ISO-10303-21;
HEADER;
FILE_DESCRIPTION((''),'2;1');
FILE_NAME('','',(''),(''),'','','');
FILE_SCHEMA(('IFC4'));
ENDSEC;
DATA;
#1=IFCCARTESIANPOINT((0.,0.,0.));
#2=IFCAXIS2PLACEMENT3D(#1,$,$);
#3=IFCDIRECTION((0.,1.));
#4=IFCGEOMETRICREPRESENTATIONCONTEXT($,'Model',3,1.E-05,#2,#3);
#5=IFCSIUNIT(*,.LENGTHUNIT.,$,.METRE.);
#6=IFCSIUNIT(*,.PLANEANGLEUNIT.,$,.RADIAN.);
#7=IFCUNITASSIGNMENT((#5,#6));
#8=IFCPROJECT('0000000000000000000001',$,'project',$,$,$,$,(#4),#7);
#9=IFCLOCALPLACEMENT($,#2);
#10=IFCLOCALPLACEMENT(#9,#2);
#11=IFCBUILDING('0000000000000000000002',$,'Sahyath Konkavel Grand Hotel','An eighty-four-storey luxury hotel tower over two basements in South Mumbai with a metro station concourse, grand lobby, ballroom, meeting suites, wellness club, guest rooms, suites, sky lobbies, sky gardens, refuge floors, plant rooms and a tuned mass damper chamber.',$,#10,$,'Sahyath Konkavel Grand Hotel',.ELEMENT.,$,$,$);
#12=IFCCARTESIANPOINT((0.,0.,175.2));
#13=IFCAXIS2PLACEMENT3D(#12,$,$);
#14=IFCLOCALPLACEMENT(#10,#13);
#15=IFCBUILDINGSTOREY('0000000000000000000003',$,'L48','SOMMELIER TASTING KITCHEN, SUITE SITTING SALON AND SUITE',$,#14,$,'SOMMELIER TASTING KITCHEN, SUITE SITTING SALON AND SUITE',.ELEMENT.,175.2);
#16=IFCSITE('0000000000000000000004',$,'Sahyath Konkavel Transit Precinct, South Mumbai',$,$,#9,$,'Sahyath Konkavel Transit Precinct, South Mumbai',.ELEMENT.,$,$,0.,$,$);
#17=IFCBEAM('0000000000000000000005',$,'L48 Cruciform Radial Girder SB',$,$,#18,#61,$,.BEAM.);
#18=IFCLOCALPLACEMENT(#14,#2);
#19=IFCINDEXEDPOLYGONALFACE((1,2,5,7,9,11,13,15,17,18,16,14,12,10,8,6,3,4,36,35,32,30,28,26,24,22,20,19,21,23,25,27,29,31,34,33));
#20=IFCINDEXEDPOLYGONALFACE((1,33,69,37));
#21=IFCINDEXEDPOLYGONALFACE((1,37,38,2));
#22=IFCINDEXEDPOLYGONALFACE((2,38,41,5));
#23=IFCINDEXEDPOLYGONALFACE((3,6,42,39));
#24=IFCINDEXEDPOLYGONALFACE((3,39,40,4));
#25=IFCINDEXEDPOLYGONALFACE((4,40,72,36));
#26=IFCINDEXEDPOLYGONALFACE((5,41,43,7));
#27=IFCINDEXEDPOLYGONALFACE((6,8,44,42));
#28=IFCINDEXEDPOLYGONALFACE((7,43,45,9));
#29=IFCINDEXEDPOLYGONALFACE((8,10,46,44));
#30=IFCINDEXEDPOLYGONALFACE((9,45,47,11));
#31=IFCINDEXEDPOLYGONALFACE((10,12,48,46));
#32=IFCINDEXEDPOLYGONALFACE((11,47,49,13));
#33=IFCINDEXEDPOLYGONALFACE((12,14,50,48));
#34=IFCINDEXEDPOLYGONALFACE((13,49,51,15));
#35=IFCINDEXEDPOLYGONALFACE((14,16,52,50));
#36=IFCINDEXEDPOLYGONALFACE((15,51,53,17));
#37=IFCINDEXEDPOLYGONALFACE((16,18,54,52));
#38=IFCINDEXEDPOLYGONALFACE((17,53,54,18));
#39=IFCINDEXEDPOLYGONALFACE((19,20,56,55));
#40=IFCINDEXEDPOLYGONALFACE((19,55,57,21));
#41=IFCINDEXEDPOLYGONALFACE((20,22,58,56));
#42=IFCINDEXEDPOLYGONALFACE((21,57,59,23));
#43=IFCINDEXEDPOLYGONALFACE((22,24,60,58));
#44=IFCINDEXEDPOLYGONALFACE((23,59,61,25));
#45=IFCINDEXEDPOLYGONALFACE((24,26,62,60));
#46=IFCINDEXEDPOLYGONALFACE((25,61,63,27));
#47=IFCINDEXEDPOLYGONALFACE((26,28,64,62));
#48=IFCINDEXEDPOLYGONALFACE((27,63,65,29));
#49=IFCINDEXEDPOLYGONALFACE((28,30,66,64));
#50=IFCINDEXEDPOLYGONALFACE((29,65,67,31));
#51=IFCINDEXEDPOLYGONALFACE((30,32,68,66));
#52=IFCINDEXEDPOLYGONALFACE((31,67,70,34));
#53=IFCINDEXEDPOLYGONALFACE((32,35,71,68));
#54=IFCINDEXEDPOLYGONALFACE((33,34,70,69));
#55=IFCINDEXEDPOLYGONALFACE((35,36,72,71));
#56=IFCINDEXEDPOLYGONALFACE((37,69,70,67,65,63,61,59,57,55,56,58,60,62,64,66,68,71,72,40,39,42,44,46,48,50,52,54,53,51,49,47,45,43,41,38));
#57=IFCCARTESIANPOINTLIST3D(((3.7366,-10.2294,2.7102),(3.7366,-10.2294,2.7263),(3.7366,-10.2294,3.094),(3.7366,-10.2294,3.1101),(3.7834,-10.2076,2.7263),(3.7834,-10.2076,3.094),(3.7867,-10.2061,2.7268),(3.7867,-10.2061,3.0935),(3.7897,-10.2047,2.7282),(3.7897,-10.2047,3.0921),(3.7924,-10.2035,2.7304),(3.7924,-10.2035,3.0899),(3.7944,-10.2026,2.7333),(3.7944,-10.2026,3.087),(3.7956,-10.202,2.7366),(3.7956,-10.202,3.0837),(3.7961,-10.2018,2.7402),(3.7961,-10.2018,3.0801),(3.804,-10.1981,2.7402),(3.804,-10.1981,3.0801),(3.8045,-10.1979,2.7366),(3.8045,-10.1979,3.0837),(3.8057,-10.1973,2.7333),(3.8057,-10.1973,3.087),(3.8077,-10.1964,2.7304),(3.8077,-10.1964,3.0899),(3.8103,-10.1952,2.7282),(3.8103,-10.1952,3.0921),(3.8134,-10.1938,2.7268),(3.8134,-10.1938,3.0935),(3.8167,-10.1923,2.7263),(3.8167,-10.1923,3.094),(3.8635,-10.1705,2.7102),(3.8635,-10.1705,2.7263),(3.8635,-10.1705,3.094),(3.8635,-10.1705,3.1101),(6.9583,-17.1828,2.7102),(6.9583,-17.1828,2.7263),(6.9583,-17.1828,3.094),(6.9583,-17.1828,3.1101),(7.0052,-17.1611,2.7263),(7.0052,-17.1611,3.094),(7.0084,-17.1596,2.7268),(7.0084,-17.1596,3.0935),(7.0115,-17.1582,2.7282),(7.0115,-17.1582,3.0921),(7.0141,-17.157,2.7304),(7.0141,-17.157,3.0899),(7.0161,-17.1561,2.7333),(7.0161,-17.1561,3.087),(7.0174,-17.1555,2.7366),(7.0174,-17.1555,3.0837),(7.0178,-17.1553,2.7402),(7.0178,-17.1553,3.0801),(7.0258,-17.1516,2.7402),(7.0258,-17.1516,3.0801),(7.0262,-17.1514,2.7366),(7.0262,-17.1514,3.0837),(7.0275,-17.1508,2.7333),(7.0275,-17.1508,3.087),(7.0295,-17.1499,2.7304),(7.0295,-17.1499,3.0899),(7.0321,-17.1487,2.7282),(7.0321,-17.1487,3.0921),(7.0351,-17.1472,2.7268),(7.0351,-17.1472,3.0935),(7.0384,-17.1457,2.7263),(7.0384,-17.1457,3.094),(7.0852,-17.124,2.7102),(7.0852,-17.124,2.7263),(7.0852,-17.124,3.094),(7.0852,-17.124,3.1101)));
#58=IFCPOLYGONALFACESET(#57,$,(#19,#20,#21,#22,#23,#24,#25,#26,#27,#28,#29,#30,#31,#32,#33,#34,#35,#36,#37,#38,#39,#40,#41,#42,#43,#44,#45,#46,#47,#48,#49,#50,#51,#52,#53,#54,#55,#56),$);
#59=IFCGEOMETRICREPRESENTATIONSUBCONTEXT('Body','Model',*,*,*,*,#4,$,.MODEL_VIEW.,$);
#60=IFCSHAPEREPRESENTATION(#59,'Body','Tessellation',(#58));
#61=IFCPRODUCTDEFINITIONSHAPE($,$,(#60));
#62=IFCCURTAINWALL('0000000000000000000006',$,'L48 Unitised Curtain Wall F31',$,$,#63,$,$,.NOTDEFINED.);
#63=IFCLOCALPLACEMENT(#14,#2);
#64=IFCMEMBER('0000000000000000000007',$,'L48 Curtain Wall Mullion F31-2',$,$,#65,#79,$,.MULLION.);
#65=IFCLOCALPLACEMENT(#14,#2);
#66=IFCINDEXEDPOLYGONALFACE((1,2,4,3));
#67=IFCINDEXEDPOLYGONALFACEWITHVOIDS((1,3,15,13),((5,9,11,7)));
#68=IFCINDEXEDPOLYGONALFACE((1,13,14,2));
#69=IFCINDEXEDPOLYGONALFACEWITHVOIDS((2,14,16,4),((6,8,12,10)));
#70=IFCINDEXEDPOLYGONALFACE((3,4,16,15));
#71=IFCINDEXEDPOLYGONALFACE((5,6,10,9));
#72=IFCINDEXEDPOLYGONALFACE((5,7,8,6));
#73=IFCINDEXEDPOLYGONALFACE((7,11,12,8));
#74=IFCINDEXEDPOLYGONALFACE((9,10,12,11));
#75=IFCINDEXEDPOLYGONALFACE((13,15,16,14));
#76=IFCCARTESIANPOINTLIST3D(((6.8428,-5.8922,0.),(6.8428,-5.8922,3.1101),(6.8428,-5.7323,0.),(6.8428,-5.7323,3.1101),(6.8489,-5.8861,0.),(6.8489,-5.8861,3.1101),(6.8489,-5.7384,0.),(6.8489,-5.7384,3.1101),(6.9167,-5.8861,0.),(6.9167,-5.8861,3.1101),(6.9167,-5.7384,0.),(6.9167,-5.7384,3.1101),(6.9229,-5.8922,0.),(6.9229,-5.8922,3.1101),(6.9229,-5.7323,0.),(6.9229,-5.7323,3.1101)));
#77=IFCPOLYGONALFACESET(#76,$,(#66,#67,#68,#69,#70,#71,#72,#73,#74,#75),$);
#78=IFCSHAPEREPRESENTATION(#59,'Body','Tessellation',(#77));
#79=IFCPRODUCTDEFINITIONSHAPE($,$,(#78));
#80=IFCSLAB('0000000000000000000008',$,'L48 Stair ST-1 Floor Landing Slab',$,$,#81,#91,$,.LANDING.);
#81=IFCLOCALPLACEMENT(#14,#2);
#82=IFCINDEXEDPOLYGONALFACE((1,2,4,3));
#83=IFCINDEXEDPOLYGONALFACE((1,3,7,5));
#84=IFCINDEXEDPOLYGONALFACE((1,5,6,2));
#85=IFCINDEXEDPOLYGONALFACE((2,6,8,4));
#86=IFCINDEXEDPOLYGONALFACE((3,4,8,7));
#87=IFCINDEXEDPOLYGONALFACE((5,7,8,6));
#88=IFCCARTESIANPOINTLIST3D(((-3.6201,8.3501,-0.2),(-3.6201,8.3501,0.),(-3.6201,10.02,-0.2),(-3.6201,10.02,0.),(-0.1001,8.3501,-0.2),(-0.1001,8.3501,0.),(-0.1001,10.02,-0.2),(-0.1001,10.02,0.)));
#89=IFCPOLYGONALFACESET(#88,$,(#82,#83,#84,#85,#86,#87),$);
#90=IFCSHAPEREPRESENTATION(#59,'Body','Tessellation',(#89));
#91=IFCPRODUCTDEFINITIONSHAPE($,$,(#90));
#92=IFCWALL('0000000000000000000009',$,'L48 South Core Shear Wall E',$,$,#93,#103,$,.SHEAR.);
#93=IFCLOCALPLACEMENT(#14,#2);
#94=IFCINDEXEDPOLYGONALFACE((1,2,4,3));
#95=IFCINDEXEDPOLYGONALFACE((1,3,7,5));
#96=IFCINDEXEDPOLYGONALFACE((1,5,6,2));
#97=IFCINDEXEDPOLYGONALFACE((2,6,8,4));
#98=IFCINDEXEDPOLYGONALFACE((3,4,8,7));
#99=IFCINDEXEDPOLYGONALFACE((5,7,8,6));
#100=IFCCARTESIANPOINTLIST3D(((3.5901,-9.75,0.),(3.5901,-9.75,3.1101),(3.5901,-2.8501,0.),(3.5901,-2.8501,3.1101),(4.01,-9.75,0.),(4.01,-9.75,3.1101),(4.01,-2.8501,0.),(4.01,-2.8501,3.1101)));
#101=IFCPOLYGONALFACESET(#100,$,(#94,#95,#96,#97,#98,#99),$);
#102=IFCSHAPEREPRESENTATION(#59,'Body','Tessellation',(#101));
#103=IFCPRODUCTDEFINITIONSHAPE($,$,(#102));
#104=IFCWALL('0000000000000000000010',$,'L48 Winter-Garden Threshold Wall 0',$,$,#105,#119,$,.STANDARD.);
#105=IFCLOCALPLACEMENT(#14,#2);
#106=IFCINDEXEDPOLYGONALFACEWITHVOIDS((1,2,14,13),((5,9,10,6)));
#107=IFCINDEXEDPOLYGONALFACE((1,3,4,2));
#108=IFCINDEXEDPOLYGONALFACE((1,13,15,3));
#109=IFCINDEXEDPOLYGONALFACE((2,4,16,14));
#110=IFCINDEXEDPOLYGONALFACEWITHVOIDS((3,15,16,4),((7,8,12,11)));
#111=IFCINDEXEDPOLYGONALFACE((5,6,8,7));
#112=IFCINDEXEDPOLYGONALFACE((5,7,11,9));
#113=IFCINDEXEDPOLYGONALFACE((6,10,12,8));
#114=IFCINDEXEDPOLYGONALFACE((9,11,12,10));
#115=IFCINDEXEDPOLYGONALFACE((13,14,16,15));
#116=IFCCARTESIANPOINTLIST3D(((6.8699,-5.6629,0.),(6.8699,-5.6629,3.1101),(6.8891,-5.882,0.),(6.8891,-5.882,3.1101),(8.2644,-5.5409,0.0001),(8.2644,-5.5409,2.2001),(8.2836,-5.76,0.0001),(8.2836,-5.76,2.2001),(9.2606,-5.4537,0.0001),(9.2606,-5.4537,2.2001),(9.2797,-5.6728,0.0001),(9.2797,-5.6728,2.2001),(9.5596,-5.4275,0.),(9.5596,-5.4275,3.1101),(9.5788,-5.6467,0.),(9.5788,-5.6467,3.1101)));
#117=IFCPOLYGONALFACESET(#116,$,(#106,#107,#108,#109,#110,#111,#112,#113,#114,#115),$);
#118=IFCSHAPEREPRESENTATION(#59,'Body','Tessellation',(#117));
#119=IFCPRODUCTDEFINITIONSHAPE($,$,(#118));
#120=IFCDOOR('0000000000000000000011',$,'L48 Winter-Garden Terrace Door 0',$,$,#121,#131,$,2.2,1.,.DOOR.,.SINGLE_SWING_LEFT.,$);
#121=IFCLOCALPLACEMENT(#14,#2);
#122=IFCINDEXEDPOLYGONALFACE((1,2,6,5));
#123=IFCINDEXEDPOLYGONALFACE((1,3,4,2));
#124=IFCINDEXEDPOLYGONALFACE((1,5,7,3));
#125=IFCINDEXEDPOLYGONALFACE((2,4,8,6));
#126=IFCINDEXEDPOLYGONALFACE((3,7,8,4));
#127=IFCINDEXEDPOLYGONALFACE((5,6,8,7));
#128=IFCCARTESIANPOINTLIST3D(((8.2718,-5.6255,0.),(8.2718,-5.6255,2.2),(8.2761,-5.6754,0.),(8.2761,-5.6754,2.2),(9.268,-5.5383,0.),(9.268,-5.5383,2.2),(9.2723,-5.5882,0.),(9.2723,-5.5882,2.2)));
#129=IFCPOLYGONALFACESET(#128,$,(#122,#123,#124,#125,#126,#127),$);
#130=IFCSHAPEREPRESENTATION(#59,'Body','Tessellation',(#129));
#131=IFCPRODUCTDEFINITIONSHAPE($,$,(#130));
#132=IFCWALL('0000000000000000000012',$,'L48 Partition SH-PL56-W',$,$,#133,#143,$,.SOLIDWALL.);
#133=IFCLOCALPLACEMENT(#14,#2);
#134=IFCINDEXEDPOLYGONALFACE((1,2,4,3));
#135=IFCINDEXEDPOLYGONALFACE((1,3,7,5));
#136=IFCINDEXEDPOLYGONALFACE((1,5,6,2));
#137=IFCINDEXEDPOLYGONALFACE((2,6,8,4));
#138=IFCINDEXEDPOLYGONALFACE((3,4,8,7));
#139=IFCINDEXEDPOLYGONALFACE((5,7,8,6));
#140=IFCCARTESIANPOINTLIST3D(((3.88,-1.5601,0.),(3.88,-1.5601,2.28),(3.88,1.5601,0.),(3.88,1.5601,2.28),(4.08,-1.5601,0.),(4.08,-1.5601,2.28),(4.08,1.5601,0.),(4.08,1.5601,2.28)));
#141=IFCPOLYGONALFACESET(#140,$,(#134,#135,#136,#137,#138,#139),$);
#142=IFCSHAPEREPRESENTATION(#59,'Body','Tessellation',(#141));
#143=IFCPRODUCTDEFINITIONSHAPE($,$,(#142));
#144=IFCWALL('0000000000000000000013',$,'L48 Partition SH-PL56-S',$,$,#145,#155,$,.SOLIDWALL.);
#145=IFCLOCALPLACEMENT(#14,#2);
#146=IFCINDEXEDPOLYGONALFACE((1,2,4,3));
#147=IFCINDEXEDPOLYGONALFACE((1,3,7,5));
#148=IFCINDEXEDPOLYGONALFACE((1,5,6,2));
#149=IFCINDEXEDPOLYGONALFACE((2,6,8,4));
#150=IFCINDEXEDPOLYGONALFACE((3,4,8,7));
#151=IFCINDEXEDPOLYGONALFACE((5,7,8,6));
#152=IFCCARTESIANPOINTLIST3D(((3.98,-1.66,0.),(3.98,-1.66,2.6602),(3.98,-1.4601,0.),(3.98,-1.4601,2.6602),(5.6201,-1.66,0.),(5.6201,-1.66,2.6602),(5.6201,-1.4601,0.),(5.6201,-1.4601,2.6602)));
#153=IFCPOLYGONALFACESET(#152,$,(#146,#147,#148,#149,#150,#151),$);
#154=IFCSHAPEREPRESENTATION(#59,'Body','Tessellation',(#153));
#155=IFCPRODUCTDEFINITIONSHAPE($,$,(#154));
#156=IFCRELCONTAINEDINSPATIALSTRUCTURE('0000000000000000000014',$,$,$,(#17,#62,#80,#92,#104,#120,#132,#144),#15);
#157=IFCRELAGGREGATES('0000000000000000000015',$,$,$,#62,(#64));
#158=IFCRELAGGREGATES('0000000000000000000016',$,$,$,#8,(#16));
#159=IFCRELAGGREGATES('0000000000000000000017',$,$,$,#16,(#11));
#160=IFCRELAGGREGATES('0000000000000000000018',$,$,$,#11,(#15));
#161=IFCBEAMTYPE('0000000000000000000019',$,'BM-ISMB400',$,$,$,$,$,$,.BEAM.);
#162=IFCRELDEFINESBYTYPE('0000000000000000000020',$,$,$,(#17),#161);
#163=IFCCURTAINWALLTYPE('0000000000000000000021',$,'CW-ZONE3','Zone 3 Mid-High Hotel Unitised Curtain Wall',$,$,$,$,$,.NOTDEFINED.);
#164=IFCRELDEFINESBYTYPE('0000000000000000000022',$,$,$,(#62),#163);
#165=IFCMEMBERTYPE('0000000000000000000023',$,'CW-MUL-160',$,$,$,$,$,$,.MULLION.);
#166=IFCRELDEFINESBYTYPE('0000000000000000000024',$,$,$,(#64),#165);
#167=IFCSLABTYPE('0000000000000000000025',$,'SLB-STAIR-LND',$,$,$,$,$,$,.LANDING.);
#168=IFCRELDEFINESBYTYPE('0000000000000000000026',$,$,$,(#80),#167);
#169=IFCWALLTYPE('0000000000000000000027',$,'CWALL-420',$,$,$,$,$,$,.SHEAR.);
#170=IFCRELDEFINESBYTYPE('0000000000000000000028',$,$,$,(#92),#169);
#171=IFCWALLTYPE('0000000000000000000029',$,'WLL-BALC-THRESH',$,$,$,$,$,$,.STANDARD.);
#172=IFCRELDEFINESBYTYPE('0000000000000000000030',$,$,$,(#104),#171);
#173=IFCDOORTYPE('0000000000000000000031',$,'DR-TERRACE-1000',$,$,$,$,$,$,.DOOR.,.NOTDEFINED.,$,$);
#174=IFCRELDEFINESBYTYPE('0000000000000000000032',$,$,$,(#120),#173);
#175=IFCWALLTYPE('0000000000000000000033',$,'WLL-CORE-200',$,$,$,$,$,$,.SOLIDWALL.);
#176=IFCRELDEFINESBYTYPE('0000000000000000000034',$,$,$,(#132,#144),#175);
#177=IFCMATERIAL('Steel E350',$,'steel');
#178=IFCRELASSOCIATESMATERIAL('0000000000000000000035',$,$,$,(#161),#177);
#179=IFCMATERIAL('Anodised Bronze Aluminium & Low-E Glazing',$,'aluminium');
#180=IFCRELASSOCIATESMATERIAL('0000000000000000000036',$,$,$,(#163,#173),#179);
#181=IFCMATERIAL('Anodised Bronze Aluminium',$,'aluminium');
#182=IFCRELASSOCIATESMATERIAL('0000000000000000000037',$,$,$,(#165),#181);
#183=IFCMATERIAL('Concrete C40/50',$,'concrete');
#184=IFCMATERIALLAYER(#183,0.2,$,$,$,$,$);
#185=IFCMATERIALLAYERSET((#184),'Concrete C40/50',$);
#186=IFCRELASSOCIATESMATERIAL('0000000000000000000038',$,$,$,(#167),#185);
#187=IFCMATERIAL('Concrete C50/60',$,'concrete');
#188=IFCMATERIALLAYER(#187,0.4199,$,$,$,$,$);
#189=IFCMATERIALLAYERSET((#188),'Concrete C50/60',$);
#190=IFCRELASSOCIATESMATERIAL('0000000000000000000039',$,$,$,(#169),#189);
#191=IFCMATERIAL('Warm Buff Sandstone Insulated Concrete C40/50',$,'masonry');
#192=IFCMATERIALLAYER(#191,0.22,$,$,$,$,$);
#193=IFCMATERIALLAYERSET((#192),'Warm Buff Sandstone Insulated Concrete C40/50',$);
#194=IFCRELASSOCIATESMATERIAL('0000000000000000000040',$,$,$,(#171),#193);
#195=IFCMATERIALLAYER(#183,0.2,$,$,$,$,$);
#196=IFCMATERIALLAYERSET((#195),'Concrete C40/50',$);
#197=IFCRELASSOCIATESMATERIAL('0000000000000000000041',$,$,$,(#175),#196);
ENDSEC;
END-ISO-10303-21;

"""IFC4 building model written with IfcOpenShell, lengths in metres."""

from ifc_helpers import new_model, si_unit, direction, frame, frame_2d, origin, origin_2d, place, context, subcontext, project, spatial, polyline, rectangle, hollow_rectangle, i_section, outline, extrude, source, transform, mapped, material, layer, layer_set, material_profile, profile_set, type_object, element, fill, aggregate, save


model = new_model("IFC4")

# Units and contexts
model_context = context("Model", 3, precision=1e-05, world=origin(), true_north=direction((0.0, 1.0)))
body_context = subcontext(model_context, "Body", "Model", "MODEL_VIEW")
ifc_project = project(units=[si_unit("LENGTHUNIT", "METRE"), si_unit("PLANEANGLEUNIT", "RADIAN")], contexts=[model_context])

# Site, building, storey
site_placement = place(None, origin())
site = spatial("IfcSite", under=ifc_project, at=site_placement, Name="Sahyath Konkavel Transit Precinct, South Mumbai", LongName="Sahyath Konkavel Transit Precinct, South Mumbai", CompositionType="ELEMENT", RefElevation=0.0)
building_placement = place(site_placement, origin())
building = spatial("IfcBuilding", under=site, at=building_placement, Name="Sahyath Konkavel Grand Hotel", Description="An eighty-four-storey luxury hotel tower over two basements in South Mumbai with a metro station concourse, grand lobby, ballroom, meeting suites, wellness club, guest rooms, suites, sky lobbies, sky gardens, refuge floors, plant rooms and a tuned mass damper chamber.", LongName="Sahyath Konkavel Grand Hotel", CompositionType="ELEMENT")
storey_placement = place(building_placement, frame((0.0, 0.0, 175.2)))
storey = spatial("IfcBuildingStorey", under=building, at=storey_placement, Name="L48", Description="SOMMELIER TASTING KITCHEN, SUITE SITTING SALON AND SUITE", LongName="SOMMELIER TASTING KITCHEN, SUITE SITTING SALON AND SUITE", CompositionType="ELEMENT", Elevation=175.2)

# Shared definitions
ifc_material_1 = material(Name="Concrete C50/60", Category="concrete")

# Beam
ifc_material_2 = material(Name="Steel E350", Category="steel")
ifc_material_profile_1 = material_profile(ifc_material_2, i_section(OverallWidth=0.1399, OverallDepth=0.3999, WebThickness=0.0088, FlangeThickness=0.0161, FilletRadius=0.0139, at=origin_2d()), Name="ISMB 400")
ifc_profile_set_1 = profile_set([ifc_material_profile_1], Name="Steel E350")
beam_type_1 = type_object("IfcBeamType", Name="BM-ISMB400", PredefinedType="BEAM", material=ifc_profile_set_1)
shared_shape_1 = source(origin(), body_context, "Body", "SweptSolid", [
    extrude(i_section(OverallWidth=0.1399, OverallDepth=0.3999, WebThickness=0.0088, FlangeThickness=0.0161, FilletRadius=0.0139, at=origin_2d()), origin(), (0.0, 0.0, 1.0), 7.6636),
])
beam_1_placement = place(storey_placement, frame((3.8, -10.2, 2.9102), z_axis=(0.420395, -0.907341, 0.0), x_axis=(0.907341, 0.420395, 0.0)))
element("IfcBeam", 1, at=beam_1_placement, inside=storey, type_object=beam_type_1, Name="L48 Cruciform Radial Girder SB", PredefinedType="BEAM", context=body_context, shape_type="MappedRepresentation", body=[
    mapped(shared_shape_1, transform((0.0, 0.0, 0.0), scale=1.0)),
])

# Curtain wall, member
ifc_material_3 = material(Name="Anodised Bronze Aluminium & Low-E Glazing", Category="aluminium")
curtain_wall_type = type_object("IfcCurtainWallType", Name="CW-ZONE3", Description="Zone 3 Mid-High Hotel Unitised Curtain Wall", PredefinedType="NOTDEFINED", material=ifc_material_3)
curtain_wall_placement = place(storey_placement, origin())
curtain_wall = element("IfcCurtainWall", 2, at=curtain_wall_placement, inside=storey, type_object=curtain_wall_type, Name="L48 Unitised Curtain Wall F31", PredefinedType="NOTDEFINED")
ifc_material_4 = material(Name="Anodised Bronze Aluminium", Category="aluminium")
ifc_material_profile_2 = material_profile(ifc_material_4, hollow_rectangle(XDim=0.0801, YDim=0.1599, WallThickness=0.0061, at=origin_2d()), Name="RHS 160x80x6")
ifc_profile_set_2 = profile_set([ifc_material_profile_2], Name="Anodised Bronze Aluminium")
member_type = type_object("IfcMemberType", Name="CW-MUL-160", PredefinedType="MULLION", material=ifc_profile_set_2)
shared_shape_2 = source(origin(), body_context, "Body", "SweptSolid", [
    extrude(hollow_rectangle(XDim=0.0801, YDim=0.1599, WallThickness=0.0061, at=origin_2d()), origin(), (0.0, 0.0, 1.0), 3.1101),
])
member_placement = place(storey_placement, frame((6.8828, -5.8123, 0.0), z_axis=(0.0, 0.0, 1.0), x_axis=(1.0, 0.0, 0.0)))
member = element("IfcMember", 3, at=member_placement, type_object=member_type, Name="L48 Curtain Wall Mullion F31-2", PredefinedType="MULLION", context=body_context, shape_type="MappedRepresentation", body=[
    mapped(shared_shape_2, transform((0.0, 0.0, 0.0), scale=1.0)),
])
aggregate(curtain_wall, [member])

# Slab
ifc_material_5 = material(Name="Concrete C40/50", Category="concrete")
ifc_layer_1 = layer(ifc_material_5, 0.2)
ifc_layer_set_1 = layer_set([ifc_layer_1], Name="Concrete C40/50")
slab_type = type_object("IfcSlabType", Name="SLB-STAIR-LND", PredefinedType="LANDING", material=ifc_layer_set_1)
slab_placement = place(storey_placement, frame((0.0, 0.0, -0.2)))
element("IfcSlab", 4, at=slab_placement, inside=storey, type_object=slab_type, Name="L48 Stair ST-1 Floor Landing Slab", PredefinedType="LANDING", context=body_context, shape_type="SweptSolid", body=[
    extrude(outline(polyline([(-3.6201, 8.3501), (-0.1001, 8.3501), (-0.1001, 10.02), (-3.6201, 10.02), (-3.6201, 8.3501)])), origin(), (0.0, 0.0, 1.0), 0.2),
])

# Wall
ifc_layer_2 = layer(ifc_material_1, 0.4199)
ifc_layer_set_2 = layer_set([ifc_layer_2], Name="Concrete C50/60")
wall_type_1 = type_object("IfcWallType", Name="CWALL-420", PredefinedType="SHEAR", material=ifc_layer_set_2)
wall_1_placement = place(storey_placement, frame((3.8, -9.75, 0.0), z_axis=(0.0, 0.0, 1.0), x_axis=(0.0, 1.0, 0.0)))
element("IfcWall", 5, at=wall_1_placement, inside=storey, type_object=wall_type_1, Name="L48 South Core Shear Wall E", PredefinedType="SHEAR", context=body_context, shape_type="SweptSolid", body=[
    extrude(rectangle(XDim=6.8999, YDim=0.4199, at=frame_2d((3.45, 0.0))), origin(), (0.0, 0.0, 1.0), 3.1101),
])

# Wall, opening, door
ifc_material_6 = material(Name="Warm Buff Sandstone Insulated Concrete C40/50", Category="masonry")
ifc_layer_3 = layer(ifc_material_6, 0.22)
ifc_layer_set_3 = layer_set([ifc_layer_3], Name="Warm Buff Sandstone Insulated Concrete C40/50")
wall_type_2 = type_object("IfcWallType", Name="WLL-BALC-THRESH", PredefinedType="STANDARD", material=ifc_layer_set_3)
wall_2_placement = place(storey_placement, frame((6.8794, -5.7725, 0.0), z_axis=(0.0, 0.0, 1.0), x_axis=(0.996194, 0.087168, 0.0)))
wall_2 = element("IfcWall", 6, at=wall_2_placement, inside=storey, type_object=wall_type_2, Name="L48 Winter-Garden Threshold Wall 0", PredefinedType="STANDARD", context=body_context, shape_type="SweptSolid", body=[
    extrude(rectangle(XDim=2.7, YDim=0.22, at=frame_2d((1.3501, 0.0))), origin(), (0.0, 0.0, 1.0), 3.1101),
])
opening_1_placement = place(wall_2_placement, frame((1.3999, 0.0, 0.0)))
opening_1 = element("IfcOpeningElement", 7, at=opening_1_placement, cuts=wall_2, PredefinedType="OPENING", context=body_context, shape_type="SweptSolid", body=[
    extrude(rectangle(XDim=1.0, YDim=2.2, at=frame_2d((0.5, 1.1001))), frame((0.0, 0.1201, 0.0), z_axis=(0.0, -1.0, 0.0), x_axis=(1.0, 0.0, 0.0)), (0.0, 0.0, 1.0), 0.24),
])
door_type_1 = type_object("IfcDoorType", Name="DR-TERRACE-1000", OperationType="NOTDEFINED", PredefinedType="DOOR", material=ifc_material_3)
shared_shape_3 = source(origin(), body_context, "Body", "SweptSolid", [
    extrude(rectangle(XDim=1.0, YDim=0.05, at=origin_2d()), origin(), (0.0, 0.0, 1.0), 2.2),
])
door_1_placement = place(opening_1_placement, frame((0.5, 0.0, 0.0)))
door_1 = element("IfcDoor", 8, at=door_1_placement, inside=storey, type_object=door_type_1, Name="L48 Winter-Garden Terrace Door 0", OperationType="SINGLE_SWING_LEFT", OverallHeight=2.2, OverallWidth=1.0, PredefinedType="DOOR", context=body_context, shape_type="MappedRepresentation", body=[
    mapped(shared_shape_3, transform((0.0, 0.0, 0.0), scale=1.0)),
])
fill(opening_1, door_1)

# Walls
ifc_layer_4 = layer(ifc_material_5, 0.2)
ifc_layer_set_4 = layer_set([ifc_layer_4], Name="Concrete C40/50")
wall_type_3 = type_object("IfcWallType", Name="WLL-CORE-200", PredefinedType="SOLIDWALL", material=ifc_layer_set_4)
wall_3_placement = place(storey_placement, frame((3.98, -1.5601, 0.0), z_axis=(0.0, 0.0, 1.0), x_axis=(0.0, 1.0, 0.0)))
element("IfcWall", 9, at=wall_3_placement, inside=storey, type_object=wall_type_3, Name="L48 Partition SH-PL56-W", PredefinedType="SOLIDWALL", context=body_context, shape_type="SweptSolid", body=[
    extrude(rectangle(XDim=3.1201, YDim=0.2, at=frame_2d((1.5601, 0.0))), origin(), (0.0, 0.0, 1.0), 2.28),
])
wall_4_placement = place(storey_placement, frame((3.98, -1.5601, 0.0), z_axis=(0.0, 0.0, 1.0), x_axis=(1.0, 0.0, 0.0)))
element("IfcWall", 10, at=wall_4_placement, inside=storey, type_object=wall_type_3, Name="L48 Partition SH-PL56-S", PredefinedType="SOLIDWALL", context=body_context, shape_type="SweptSolid", body=[
    extrude(rectangle(XDim=1.6401, YDim=0.2, at=frame_2d((0.8201, 0.0))), origin(), (0.0, 0.0, 1.0), 2.6602),
])

save(model, "model.ifc")
